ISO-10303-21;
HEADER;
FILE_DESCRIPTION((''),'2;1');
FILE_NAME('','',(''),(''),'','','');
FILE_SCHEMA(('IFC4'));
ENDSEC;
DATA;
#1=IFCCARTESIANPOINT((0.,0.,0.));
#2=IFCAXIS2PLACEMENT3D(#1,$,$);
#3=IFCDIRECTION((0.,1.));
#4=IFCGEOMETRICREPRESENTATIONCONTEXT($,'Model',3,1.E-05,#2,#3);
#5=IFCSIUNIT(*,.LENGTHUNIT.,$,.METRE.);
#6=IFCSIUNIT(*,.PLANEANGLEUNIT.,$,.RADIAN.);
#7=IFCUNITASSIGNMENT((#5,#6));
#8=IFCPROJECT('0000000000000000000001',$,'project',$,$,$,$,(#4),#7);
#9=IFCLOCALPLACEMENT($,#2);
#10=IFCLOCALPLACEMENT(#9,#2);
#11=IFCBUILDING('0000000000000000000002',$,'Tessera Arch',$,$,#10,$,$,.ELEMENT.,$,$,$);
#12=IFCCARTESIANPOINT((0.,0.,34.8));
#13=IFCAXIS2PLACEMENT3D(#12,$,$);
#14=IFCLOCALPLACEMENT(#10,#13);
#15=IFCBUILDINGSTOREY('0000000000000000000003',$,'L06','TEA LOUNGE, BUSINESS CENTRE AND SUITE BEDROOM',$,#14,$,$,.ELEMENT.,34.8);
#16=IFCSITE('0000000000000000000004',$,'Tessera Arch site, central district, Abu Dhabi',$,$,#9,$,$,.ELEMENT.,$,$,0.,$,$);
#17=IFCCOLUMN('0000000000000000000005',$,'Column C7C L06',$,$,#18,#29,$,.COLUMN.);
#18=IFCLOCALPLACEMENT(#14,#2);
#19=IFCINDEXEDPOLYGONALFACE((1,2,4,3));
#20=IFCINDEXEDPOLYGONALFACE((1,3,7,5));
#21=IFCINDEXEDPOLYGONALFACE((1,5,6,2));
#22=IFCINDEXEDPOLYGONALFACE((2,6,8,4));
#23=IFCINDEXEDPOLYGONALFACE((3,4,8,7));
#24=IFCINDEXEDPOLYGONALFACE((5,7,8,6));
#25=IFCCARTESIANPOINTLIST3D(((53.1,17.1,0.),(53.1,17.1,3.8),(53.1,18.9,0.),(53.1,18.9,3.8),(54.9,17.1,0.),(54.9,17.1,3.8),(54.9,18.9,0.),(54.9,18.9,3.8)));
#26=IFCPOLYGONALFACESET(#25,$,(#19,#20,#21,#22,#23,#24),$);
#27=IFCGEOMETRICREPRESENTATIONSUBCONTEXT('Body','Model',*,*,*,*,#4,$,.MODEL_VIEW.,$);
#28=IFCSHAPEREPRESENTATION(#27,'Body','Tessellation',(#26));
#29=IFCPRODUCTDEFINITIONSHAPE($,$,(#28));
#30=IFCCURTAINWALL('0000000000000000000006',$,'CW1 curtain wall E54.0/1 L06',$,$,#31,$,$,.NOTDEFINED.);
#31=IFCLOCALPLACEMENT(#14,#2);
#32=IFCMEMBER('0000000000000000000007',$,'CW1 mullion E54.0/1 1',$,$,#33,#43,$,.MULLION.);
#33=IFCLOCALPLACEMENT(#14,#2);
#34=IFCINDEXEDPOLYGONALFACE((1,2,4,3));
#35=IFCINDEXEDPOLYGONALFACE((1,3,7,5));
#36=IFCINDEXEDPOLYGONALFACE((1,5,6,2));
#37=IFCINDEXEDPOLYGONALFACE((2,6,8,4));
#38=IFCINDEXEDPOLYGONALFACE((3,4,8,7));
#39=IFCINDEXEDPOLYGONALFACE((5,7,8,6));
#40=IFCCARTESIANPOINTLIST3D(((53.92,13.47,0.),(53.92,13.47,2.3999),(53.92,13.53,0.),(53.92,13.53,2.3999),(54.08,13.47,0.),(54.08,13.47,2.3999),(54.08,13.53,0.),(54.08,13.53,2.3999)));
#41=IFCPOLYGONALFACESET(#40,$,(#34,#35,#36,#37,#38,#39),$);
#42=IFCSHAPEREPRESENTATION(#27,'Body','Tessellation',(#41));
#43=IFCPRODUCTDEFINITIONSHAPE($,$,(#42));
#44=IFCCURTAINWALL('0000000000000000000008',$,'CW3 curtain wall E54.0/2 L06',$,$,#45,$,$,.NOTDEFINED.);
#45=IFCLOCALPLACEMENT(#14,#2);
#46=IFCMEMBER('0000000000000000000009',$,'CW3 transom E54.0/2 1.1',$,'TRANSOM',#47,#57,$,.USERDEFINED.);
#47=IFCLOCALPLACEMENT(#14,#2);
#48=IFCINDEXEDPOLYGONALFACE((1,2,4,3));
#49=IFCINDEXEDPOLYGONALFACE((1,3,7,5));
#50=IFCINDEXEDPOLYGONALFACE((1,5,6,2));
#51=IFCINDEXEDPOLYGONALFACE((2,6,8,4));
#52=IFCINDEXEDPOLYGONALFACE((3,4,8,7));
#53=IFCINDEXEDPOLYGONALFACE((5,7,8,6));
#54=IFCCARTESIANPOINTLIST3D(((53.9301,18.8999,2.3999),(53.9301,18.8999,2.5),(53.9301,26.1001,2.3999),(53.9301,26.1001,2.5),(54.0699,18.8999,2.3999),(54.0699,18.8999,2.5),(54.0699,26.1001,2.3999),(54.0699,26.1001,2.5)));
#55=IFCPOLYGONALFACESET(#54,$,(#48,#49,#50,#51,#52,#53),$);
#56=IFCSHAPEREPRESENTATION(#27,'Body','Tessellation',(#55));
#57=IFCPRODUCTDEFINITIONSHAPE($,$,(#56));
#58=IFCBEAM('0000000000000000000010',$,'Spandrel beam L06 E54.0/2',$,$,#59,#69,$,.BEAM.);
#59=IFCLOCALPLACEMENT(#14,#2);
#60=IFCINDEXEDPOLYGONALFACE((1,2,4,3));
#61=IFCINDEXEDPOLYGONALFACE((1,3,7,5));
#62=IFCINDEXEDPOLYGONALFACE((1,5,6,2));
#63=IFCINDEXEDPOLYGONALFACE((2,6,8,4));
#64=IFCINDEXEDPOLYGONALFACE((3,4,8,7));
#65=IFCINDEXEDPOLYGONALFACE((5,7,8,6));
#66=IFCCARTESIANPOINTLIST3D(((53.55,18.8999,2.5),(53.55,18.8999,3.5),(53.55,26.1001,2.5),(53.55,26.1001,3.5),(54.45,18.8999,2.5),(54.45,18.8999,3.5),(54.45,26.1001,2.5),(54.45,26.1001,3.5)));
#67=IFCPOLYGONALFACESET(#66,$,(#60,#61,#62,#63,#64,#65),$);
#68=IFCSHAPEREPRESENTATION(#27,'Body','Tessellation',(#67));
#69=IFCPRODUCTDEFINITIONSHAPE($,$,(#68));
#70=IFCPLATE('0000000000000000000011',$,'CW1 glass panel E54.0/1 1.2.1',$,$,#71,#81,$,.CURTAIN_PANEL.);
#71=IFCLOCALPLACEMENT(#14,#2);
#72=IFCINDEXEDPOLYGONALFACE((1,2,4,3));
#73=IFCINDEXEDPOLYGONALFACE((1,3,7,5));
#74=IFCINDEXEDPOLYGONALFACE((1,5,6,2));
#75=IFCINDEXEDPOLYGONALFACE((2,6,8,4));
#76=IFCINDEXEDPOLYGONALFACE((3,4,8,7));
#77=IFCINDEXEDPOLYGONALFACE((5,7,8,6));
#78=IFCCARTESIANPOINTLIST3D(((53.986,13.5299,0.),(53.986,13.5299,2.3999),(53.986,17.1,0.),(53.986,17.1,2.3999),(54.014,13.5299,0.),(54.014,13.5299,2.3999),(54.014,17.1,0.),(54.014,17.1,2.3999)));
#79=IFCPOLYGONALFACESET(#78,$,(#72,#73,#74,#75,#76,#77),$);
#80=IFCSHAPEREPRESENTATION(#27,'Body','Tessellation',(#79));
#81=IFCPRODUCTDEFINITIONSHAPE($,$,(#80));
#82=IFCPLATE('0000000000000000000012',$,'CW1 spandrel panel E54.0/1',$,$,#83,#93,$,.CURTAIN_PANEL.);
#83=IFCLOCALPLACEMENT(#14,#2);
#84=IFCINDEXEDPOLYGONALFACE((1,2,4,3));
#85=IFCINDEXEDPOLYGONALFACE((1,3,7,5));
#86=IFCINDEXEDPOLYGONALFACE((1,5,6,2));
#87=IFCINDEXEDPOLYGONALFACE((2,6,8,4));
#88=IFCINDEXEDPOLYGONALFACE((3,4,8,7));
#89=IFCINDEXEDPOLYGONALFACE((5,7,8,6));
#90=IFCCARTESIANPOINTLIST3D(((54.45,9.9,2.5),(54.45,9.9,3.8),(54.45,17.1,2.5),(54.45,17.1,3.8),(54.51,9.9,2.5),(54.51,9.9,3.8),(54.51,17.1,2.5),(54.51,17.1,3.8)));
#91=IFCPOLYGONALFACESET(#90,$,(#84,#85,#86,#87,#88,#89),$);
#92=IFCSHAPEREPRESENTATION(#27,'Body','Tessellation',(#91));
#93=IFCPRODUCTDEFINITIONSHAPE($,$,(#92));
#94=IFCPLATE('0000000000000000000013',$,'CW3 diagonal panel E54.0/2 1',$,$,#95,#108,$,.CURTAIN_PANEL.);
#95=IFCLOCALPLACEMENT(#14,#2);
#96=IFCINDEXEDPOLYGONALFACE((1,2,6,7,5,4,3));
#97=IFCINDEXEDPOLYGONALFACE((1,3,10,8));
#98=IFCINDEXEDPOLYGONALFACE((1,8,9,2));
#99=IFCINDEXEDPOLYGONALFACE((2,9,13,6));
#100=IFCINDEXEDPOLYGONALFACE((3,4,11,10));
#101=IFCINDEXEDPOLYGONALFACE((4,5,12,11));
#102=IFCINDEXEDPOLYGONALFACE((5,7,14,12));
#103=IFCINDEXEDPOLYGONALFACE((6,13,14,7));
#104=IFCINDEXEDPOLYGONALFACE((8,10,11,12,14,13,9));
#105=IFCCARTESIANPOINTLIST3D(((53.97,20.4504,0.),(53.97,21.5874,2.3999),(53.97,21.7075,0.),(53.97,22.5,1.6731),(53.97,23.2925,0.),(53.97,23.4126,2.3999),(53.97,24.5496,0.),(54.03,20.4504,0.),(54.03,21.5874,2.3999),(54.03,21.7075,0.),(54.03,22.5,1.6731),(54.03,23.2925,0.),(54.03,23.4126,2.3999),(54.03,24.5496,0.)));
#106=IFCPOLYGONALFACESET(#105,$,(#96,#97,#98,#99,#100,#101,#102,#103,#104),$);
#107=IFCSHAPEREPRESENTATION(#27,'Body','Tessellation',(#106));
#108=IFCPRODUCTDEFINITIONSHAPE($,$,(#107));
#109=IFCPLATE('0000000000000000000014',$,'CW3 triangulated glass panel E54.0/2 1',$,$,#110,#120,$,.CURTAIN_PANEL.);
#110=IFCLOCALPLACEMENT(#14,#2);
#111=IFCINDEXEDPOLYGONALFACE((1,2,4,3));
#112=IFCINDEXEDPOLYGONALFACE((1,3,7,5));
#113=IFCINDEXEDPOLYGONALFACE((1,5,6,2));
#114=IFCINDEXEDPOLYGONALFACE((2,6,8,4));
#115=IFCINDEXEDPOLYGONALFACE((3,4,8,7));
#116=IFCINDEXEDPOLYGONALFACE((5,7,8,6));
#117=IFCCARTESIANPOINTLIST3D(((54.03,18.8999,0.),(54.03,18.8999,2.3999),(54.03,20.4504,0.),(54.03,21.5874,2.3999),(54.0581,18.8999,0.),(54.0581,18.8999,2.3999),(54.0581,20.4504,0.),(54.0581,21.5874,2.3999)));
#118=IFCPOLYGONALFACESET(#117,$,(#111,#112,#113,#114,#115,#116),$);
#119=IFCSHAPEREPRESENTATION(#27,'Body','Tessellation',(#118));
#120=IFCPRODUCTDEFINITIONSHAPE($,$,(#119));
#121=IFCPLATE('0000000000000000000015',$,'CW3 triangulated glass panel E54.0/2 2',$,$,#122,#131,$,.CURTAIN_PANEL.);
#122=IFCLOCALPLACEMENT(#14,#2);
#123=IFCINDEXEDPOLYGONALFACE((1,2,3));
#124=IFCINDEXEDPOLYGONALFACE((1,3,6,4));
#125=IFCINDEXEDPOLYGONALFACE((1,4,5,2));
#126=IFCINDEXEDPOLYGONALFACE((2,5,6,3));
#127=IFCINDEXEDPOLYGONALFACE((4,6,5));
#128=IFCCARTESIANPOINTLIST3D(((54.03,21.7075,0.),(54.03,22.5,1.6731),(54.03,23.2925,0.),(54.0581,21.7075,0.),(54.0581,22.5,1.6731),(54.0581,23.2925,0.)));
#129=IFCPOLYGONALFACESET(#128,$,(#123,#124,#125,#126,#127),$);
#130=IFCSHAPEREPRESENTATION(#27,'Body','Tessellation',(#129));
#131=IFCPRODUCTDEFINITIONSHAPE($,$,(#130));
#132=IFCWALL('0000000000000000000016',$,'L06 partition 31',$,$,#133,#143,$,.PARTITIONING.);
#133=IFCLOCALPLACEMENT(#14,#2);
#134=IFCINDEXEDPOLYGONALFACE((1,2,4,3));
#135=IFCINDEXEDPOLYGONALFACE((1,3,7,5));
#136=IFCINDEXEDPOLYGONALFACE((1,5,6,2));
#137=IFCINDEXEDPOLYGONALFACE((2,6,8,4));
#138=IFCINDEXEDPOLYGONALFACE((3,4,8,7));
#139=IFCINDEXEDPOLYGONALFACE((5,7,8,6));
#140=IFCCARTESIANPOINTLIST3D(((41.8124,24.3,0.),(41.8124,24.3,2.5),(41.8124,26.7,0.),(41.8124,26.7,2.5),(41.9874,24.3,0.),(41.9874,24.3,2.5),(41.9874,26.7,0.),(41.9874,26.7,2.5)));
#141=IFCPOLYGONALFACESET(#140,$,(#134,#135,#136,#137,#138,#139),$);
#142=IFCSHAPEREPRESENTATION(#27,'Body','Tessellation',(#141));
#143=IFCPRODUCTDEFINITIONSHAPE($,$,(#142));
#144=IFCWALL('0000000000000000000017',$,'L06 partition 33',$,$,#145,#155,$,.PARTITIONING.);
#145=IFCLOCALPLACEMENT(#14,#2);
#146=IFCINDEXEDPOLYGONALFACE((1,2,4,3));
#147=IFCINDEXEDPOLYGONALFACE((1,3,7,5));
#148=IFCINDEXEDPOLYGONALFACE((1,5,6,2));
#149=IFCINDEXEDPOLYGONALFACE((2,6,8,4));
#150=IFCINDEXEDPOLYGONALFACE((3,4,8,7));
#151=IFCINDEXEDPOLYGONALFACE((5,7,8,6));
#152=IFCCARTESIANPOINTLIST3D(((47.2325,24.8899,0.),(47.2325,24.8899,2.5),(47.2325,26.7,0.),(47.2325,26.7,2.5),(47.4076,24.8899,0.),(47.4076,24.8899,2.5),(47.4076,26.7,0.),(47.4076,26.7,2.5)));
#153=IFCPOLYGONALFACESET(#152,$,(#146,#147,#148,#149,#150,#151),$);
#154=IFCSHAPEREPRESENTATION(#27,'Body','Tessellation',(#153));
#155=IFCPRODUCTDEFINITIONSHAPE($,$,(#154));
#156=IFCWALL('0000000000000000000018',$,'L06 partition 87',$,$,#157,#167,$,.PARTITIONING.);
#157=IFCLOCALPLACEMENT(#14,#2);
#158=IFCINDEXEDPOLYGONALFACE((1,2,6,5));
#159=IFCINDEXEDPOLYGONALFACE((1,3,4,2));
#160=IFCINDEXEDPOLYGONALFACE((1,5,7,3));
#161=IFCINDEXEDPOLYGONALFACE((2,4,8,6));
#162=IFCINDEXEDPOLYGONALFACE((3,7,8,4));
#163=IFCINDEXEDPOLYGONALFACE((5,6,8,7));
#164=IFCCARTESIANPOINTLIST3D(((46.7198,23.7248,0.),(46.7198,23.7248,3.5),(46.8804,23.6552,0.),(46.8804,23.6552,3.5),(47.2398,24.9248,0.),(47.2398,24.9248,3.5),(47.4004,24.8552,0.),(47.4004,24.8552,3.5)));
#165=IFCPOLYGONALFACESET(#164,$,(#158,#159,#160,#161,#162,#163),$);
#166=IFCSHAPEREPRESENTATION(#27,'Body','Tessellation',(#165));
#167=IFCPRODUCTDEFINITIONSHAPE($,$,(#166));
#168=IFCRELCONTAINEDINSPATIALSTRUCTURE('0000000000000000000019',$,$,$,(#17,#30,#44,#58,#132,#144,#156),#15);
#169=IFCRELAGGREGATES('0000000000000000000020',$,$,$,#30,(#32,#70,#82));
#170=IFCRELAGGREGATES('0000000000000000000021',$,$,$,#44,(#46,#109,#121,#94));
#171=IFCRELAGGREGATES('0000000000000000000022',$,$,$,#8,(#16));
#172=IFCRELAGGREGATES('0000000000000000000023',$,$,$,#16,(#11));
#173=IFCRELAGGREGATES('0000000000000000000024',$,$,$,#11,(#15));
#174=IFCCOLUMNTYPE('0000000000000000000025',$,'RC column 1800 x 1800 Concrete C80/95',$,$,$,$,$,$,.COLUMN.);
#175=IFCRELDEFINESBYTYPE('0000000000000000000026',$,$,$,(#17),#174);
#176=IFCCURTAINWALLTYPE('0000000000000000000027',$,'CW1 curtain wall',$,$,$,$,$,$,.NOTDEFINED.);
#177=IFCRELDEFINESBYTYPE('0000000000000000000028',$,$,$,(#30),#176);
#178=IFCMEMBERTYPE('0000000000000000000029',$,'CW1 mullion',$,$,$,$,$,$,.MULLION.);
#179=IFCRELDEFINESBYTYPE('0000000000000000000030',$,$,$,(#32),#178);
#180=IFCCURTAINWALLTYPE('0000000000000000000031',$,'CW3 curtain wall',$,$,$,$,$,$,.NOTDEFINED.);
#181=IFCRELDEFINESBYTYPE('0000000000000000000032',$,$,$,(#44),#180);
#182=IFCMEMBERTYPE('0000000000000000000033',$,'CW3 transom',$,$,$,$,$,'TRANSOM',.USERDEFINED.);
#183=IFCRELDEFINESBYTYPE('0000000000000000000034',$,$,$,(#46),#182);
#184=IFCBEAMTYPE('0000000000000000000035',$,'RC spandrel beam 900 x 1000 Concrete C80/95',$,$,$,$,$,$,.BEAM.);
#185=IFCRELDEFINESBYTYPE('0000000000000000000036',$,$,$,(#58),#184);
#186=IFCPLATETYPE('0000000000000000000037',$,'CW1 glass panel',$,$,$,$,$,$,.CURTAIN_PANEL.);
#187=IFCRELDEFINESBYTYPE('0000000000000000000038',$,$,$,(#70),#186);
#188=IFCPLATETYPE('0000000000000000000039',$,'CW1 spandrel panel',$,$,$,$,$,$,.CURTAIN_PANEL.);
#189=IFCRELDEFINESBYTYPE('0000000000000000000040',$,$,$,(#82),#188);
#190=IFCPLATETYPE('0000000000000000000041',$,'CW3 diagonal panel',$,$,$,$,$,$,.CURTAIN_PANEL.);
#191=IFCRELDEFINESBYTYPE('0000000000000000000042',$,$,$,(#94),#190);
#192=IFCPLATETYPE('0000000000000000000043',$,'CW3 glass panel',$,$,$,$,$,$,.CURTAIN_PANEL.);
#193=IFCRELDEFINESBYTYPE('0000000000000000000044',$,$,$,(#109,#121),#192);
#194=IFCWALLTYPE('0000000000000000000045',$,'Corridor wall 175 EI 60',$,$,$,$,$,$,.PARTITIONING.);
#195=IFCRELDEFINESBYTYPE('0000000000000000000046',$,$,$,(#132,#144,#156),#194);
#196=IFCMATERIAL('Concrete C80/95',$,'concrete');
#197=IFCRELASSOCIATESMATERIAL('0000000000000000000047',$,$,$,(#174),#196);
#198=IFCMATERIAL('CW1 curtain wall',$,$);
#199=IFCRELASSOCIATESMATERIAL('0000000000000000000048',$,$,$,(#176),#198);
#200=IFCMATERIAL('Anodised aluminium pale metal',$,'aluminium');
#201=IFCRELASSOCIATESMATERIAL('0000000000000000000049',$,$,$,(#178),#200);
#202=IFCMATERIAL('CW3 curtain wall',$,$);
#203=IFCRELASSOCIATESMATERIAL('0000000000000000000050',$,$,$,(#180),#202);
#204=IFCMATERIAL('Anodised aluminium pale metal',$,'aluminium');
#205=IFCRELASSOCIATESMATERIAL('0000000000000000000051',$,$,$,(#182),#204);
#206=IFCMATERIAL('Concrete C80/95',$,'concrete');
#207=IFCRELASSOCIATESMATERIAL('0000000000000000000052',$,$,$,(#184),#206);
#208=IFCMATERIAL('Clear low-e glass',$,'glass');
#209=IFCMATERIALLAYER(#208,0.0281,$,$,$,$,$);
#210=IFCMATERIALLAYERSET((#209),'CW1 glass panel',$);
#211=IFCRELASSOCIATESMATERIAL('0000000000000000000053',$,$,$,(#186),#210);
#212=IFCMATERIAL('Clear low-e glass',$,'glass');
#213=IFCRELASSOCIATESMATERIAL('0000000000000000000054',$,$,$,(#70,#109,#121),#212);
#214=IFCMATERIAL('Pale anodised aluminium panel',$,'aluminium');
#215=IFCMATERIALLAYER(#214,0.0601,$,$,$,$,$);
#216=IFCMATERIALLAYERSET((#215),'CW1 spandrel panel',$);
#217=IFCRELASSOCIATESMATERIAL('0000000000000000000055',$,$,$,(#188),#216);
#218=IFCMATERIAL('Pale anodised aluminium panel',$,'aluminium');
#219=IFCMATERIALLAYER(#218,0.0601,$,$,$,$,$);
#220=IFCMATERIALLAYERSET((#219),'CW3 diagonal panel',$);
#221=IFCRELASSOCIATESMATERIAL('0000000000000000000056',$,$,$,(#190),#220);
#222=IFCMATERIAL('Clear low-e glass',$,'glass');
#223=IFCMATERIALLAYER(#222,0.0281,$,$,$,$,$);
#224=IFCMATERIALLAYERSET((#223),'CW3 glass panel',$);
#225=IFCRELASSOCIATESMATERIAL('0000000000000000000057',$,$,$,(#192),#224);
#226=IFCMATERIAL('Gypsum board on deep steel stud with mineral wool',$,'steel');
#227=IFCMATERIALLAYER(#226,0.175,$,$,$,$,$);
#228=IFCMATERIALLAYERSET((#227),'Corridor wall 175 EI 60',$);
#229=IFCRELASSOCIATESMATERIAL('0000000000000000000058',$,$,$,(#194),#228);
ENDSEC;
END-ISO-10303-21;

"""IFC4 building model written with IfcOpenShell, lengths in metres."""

from ifc_helpers import new_model, si_unit, direction, frame, frame_2d, origin, origin_2d, place, context, subcontext, project, spatial, polyline, rectangle, outline, extrude, material, layer, layer_set, material_profile, profile_set, type_object, element, aggregate, save


model = new_model("IFC4")

# Units and contexts
model_context = context("Model", 3, precision=1e-05, world=origin(), true_north=direction((0.0, 1.0)))
body_context = subcontext(model_context, "Body", "Model", "MODEL_VIEW")
ifc_project = project(units=[si_unit("LENGTHUNIT", "METRE"), si_unit("PLANEANGLEUNIT", "RADIAN")], contexts=[model_context])

# Site, building, storey
site_placement = place(None, origin())
site = spatial("IfcSite", under=ifc_project, at=site_placement, Name="Tessera Arch site, central district, Abu Dhabi", CompositionType="ELEMENT", RefElevation=0.0)
building_placement = place(site_placement, origin())
building = spatial("IfcBuilding", under=site, at=building_placement, Name="Tessera Arch", CompositionType="ELEMENT")
storey_placement = place(building_placement, frame((0.0, 0.0, 34.8)))
storey = spatial("IfcBuildingStorey", under=building, at=storey_placement, Name="L06", Description="TEA LOUNGE, BUSINESS CENTRE AND SUITE BEDROOM", CompositionType="ELEMENT", Elevation=34.8)

# Column
ifc_material_1 = material(Name="Concrete C80/95", Category="concrete")
ifc_material_profile_1 = material_profile(ifc_material_1, rectangle(XDim=1.8, YDim=1.8, at=origin_2d()), Name="RC column 1800 x 1800 Concrete C80/95")
ifc_profile_set_1 = profile_set([ifc_material_profile_1], Name="Concrete C80/95")
column_type = type_object("IfcColumnType", Name="RC column 1800 x 1800 Concrete C80/95", PredefinedType="COLUMN", material=ifc_profile_set_1)
column_placement = place(storey_placement, frame((54.0, 18.0, 0.0), z_axis=(0.0, 0.0, 1.0), x_axis=(1.0, 0.0, 0.0)))
element("IfcColumn", 1, at=column_placement, inside=storey, type_object=column_type, Name="Column C7C L06", PredefinedType="COLUMN", context=body_context, shape_type="SweptSolid", body=[
    extrude(rectangle(XDim=1.8, YDim=1.8, at=origin_2d()), origin(), (0.0, 0.0, 1.0), 3.8),
])

# Curtain walls, members
ifc_material_2 = material(Name="CW1 curtain wall")
curtain_wall_type_1 = type_object("IfcCurtainWallType", Name="CW1 curtain wall", PredefinedType="NOTDEFINED", material=ifc_material_2)
curtain_wall_1_placement = place(storey_placement, origin())
curtain_wall_1 = element("IfcCurtainWall", 2, at=curtain_wall_1_placement, inside=storey, type_object=curtain_wall_type_1, Name="CW1 curtain wall E54.0/1 L06", PredefinedType="NOTDEFINED")
ifc_material_3 = material(Name="Anodised aluminium pale metal", Category="aluminium")
ifc_material_profile_2 = material_profile(ifc_material_3, rectangle(XDim=0.1599, YDim=0.0601, at=origin_2d()), Name="AL 60x160")
ifc_profile_set_2 = profile_set([ifc_material_profile_2], Name="Anodised aluminium pale metal")
member_type_1 = type_object("IfcMemberType", Name="CW1 mullion", PredefinedType="MULLION", material=ifc_profile_set_2)
member_1_placement = place(storey_placement, frame((54.0, 13.5, 0.0), z_axis=(0.0, 0.0, 1.0), x_axis=(-1.0, 0.0, 0.0)))
member_1 = element("IfcMember", 3, at=member_1_placement, type_object=member_type_1, Name="CW1 mullion E54.0/1 1", PredefinedType="MULLION", context=body_context, shape_type="SweptSolid", body=[
    extrude(rectangle(XDim=0.1599, YDim=0.0601, at=origin_2d()), origin(), (0.0, 0.0, 1.0), 2.3999),
])
ifc_material_4 = material(Name="CW3 curtain wall")
curtain_wall_type_2 = type_object("IfcCurtainWallType", Name="CW3 curtain wall", PredefinedType="NOTDEFINED", material=ifc_material_4)
curtain_wall_2_placement = place(storey_placement, origin())
curtain_wall_2 = element("IfcCurtainWall", 4, at=curtain_wall_2_placement, inside=storey, type_object=curtain_wall_type_2, Name="CW3 curtain wall E54.0/2 L06", PredefinedType="NOTDEFINED")
ifc_material_5 = material(Name="Anodised aluminium pale metal", Category="aluminium")
ifc_material_profile_3 = material_profile(ifc_material_5, rectangle(XDim=0.1399, YDim=0.1001, at=origin_2d()), Name="AL 140x100")
ifc_profile_set_3 = profile_set([ifc_material_profile_3], Name="Anodised aluminium pale metal")
member_type_2 = type_object("IfcMemberType", Name="CW3 transom", ElementType="TRANSOM", PredefinedType="USERDEFINED", material=ifc_profile_set_3)
member_2_placement = place(storey_placement, frame((54.0, 18.8999, 2.45), z_axis=(0.0, 1.0, 0.0), x_axis=(-1.0, 0.0, 0.0)))
member_2 = element("IfcMember", 5, at=member_2_placement, type_object=member_type_2, Name="CW3 transom E54.0/2 1.1", ObjectType="TRANSOM", PredefinedType="USERDEFINED", context=body_context, shape_type="SweptSolid", body=[
    extrude(rectangle(XDim=0.1399, YDim=0.1001, at=origin_2d()), origin(), (0.0, 0.0, 1.0), 7.2002),
])

# Beam
ifc_material_6 = material(Name="Concrete C80/95", Category="concrete")
ifc_material_profile_4 = material_profile(ifc_material_6, rectangle(XDim=0.8999, YDim=1.0, at=origin_2d()), Name="RC spandrel beam 900 x 1000 Concrete C80/95")
ifc_profile_set_4 = profile_set([ifc_material_profile_4], Name="Concrete C80/95")
beam_type = type_object("IfcBeamType", Name="RC spandrel beam 900 x 1000 Concrete C80/95", PredefinedType="BEAM", material=ifc_profile_set_4)
beam_placement = place(storey_placement, frame((54.0, 18.8999, 3.0), z_axis=(0.0, 1.0, 0.0), x_axis=(-1.0, 0.0, 0.0)))
element("IfcBeam", 6, at=beam_placement, inside=storey, type_object=beam_type, Name="Spandrel beam L06 E54.0/2", PredefinedType="BEAM", context=body_context, shape_type="SweptSolid", body=[
    extrude(rectangle(XDim=0.8999, YDim=1.0, at=origin_2d()), origin(), (0.0, 0.0, 1.0), 7.2002),
])

# Plates
ifc_material_7 = material(Name="Clear low-e glass", Category="glass")
ifc_material_8 = material(Name="Clear low-e glass", Category="glass")
ifc_layer_1 = layer(ifc_material_8, 0.0281)
ifc_layer_set_1 = layer_set([ifc_layer_1], Name="CW1 glass panel")
plate_type_1 = type_object("IfcPlateType", Name="CW1 glass panel", PredefinedType="CURTAIN_PANEL", material=ifc_layer_set_1)
plate_1_placement = place(storey_placement, frame((54.0, 15.3149, 0.0), z_axis=(0.0, 0.0, 1.0), x_axis=(0.0, 1.0, 0.0)))
plate_1 = element("IfcPlate", 7, at=plate_1_placement, type_object=plate_type_1, material=ifc_material_7, Name="CW1 glass panel E54.0/1 1.2.1", PredefinedType="CURTAIN_PANEL", context=body_context, shape_type="SweptSolid", body=[
    extrude(rectangle(XDim=3.5701, YDim=0.0281, at=origin_2d()), origin(), (0.0, 0.0, 1.0), 2.3999),
])
ifc_material_9 = material(Name="Pale anodised aluminium panel", Category="aluminium")
ifc_layer_2 = layer(ifc_material_9, 0.0601)
ifc_layer_set_2 = layer_set([ifc_layer_2], Name="CW1 spandrel panel")
plate_type_2 = type_object("IfcPlateType", Name="CW1 spandrel panel", PredefinedType="CURTAIN_PANEL", material=ifc_layer_set_2)
plate_2_placement = place(storey_placement, frame((54.48, 13.5, 2.5), z_axis=(0.0, 0.0, 1.0), x_axis=(0.0, 1.0, 0.0)))
plate_2 = element("IfcPlate", 8, at=plate_2_placement, type_object=plate_type_2, Name="CW1 spandrel panel E54.0/1", PredefinedType="CURTAIN_PANEL", context=body_context, shape_type="SweptSolid", body=[
    extrude(rectangle(XDim=7.2, YDim=0.0601, at=origin_2d()), origin(), (0.0, 0.0, 1.0), 1.3),
])
aggregate(curtain_wall_1, [member_1, plate_1, plate_2])
ifc_material_10 = material(Name="Pale anodised aluminium panel", Category="aluminium")
ifc_layer_3 = layer(ifc_material_10, 0.0601)
ifc_layer_set_3 = layer_set([ifc_layer_3], Name="CW3 diagonal panel")
plate_type_3 = type_object("IfcPlateType", Name="CW3 diagonal panel", PredefinedType="CURTAIN_PANEL", material=ifc_layer_set_3)
plate_3_placement = place(storey_placement, frame((54.03, 23.4126, 2.3999), z_axis=(1.0, 0.0, 0.0), x_axis=(0.0, -1.0, 0.0)))
plate_3 = element("IfcPlate", 9, at=plate_3_placement, type_object=plate_type_3, Name="CW3 diagonal panel E54.0/2 1", PredefinedType="CURTAIN_PANEL", context=body_context, shape_type="SweptSolid", body=[
    extrude(outline(polyline([(0.0, 0.0), (1.8252, 0.0), (2.9622, 2.3999), (1.7051, 2.3999), (0.9126, 0.7268), (0.1201, 2.3999), (-1.137, 2.3999), (0.0, 0.0)])), origin(), (0.0, 0.0, -1.0), 0.0601),
])
ifc_material_11 = material(Name="Clear low-e glass", Category="glass")
ifc_layer_4 = layer(ifc_material_11, 0.0281)
ifc_layer_set_4 = layer_set([ifc_layer_4], Name="CW3 glass panel")
plate_type_4 = type_object("IfcPlateType", Name="CW3 glass panel", PredefinedType="CURTAIN_PANEL", material=ifc_layer_set_4)
plate_4_placement = place(storey_placement, frame((54.0581, 18.8999, 0.0), z_axis=(1.0, 0.0, 0.0), x_axis=(0.0, 1.0, 0.0)))
plate_4 = element("IfcPlate", 10, at=plate_4_placement, type_object=plate_type_4, material=ifc_material_7, Name="CW3 triangulated glass panel E54.0/2 1", PredefinedType="CURTAIN_PANEL", context=body_context, shape_type="SweptSolid", body=[
    extrude(outline(polyline([(0.0, 0.0), (1.5505, 0.0), (2.6875, 2.3999), (0.0, 2.3999), (0.0, 0.0)])), origin(), (0.0, 0.0, -1.0), 0.0281),
])
plate_5_placement = place(storey_placement, frame((54.0581, 21.7075, 0.0), z_axis=(1.0, 0.0, 0.0), x_axis=(0.0, 1.0, 0.0)))
plate_5 = element("IfcPlate", 11, at=plate_5_placement, type_object=plate_type_4, material=ifc_material_7, Name="CW3 triangulated glass panel E54.0/2 2", PredefinedType="CURTAIN_PANEL", context=body_context, shape_type="SweptSolid", body=[
    extrude(outline(polyline([(0.0, 0.0), (1.585, 0.0), (0.7925, 1.6731), (0.0, 0.0)])), origin(), (0.0, 0.0, -1.0), 0.0281),
])
aggregate(curtain_wall_2, [member_2, plate_4, plate_5, plate_3])

# Walls
ifc_material_12 = material(Name="Gypsum board on deep steel stud with mineral wool", Category="steel")
ifc_layer_5 = layer(ifc_material_12, 0.175)
ifc_layer_set_5 = layer_set([ifc_layer_5], Name="Corridor wall 175 EI 60")
wall_type_1 = type_object("IfcWallType", Name="Corridor wall 175 EI 60", PredefinedType="PARTITIONING", material=ifc_layer_set_5)
wall_1_placement = place(storey_placement, frame((41.8999, 24.3, 0.0), z_axis=(0.0, 0.0, 1.0), x_axis=(0.0, 1.0, 0.0)))
element("IfcWall", 12, at=wall_1_placement, inside=storey, type_object=wall_type_1, Name="L06 partition 31", PredefinedType="PARTITIONING", context=body_context, shape_type="SweptSolid", body=[
    extrude(rectangle(XDim=2.3999, YDim=0.175, at=frame_2d((1.2, 0.0))), origin(), (0.0, 0.0, 1.0), 2.5),
])
wall_2_placement = place(storey_placement, frame((47.3201, 24.8899, 0.0), z_axis=(0.0, 0.0, 1.0), x_axis=(0.0, 1.0, 0.0)))
element("IfcWall", 13, at=wall_2_placement, inside=storey, type_object=wall_type_1, Name="L06 partition 33", PredefinedType="PARTITIONING", context=body_context, shape_type="SweptSolid", body=[
    extrude(rectangle(XDim=1.8101, YDim=0.175, at=frame_2d((0.905, 0.0))), origin(), (0.0, 0.0, 1.0), 2.5),
])
wall_3_placement = place(storey_placement, frame((47.3201, 24.8899, 0.0), z_axis=(0.0, 0.0, 1.0), x_axis=(-0.397634, -0.917544, 0.0)))
element("IfcWall", 14, at=wall_3_placement, inside=storey, type_object=wall_type_1, Name="L06 partition 87", PredefinedType="PARTITIONING", context=body_context, shape_type="SweptSolid", body=[
    extrude(rectangle(XDim=1.3079, YDim=0.175, at=frame_2d((0.6538, 0.0))), origin(), (0.0, 0.0, 1.0), 3.5),
])

save(model, "model.ifc")
